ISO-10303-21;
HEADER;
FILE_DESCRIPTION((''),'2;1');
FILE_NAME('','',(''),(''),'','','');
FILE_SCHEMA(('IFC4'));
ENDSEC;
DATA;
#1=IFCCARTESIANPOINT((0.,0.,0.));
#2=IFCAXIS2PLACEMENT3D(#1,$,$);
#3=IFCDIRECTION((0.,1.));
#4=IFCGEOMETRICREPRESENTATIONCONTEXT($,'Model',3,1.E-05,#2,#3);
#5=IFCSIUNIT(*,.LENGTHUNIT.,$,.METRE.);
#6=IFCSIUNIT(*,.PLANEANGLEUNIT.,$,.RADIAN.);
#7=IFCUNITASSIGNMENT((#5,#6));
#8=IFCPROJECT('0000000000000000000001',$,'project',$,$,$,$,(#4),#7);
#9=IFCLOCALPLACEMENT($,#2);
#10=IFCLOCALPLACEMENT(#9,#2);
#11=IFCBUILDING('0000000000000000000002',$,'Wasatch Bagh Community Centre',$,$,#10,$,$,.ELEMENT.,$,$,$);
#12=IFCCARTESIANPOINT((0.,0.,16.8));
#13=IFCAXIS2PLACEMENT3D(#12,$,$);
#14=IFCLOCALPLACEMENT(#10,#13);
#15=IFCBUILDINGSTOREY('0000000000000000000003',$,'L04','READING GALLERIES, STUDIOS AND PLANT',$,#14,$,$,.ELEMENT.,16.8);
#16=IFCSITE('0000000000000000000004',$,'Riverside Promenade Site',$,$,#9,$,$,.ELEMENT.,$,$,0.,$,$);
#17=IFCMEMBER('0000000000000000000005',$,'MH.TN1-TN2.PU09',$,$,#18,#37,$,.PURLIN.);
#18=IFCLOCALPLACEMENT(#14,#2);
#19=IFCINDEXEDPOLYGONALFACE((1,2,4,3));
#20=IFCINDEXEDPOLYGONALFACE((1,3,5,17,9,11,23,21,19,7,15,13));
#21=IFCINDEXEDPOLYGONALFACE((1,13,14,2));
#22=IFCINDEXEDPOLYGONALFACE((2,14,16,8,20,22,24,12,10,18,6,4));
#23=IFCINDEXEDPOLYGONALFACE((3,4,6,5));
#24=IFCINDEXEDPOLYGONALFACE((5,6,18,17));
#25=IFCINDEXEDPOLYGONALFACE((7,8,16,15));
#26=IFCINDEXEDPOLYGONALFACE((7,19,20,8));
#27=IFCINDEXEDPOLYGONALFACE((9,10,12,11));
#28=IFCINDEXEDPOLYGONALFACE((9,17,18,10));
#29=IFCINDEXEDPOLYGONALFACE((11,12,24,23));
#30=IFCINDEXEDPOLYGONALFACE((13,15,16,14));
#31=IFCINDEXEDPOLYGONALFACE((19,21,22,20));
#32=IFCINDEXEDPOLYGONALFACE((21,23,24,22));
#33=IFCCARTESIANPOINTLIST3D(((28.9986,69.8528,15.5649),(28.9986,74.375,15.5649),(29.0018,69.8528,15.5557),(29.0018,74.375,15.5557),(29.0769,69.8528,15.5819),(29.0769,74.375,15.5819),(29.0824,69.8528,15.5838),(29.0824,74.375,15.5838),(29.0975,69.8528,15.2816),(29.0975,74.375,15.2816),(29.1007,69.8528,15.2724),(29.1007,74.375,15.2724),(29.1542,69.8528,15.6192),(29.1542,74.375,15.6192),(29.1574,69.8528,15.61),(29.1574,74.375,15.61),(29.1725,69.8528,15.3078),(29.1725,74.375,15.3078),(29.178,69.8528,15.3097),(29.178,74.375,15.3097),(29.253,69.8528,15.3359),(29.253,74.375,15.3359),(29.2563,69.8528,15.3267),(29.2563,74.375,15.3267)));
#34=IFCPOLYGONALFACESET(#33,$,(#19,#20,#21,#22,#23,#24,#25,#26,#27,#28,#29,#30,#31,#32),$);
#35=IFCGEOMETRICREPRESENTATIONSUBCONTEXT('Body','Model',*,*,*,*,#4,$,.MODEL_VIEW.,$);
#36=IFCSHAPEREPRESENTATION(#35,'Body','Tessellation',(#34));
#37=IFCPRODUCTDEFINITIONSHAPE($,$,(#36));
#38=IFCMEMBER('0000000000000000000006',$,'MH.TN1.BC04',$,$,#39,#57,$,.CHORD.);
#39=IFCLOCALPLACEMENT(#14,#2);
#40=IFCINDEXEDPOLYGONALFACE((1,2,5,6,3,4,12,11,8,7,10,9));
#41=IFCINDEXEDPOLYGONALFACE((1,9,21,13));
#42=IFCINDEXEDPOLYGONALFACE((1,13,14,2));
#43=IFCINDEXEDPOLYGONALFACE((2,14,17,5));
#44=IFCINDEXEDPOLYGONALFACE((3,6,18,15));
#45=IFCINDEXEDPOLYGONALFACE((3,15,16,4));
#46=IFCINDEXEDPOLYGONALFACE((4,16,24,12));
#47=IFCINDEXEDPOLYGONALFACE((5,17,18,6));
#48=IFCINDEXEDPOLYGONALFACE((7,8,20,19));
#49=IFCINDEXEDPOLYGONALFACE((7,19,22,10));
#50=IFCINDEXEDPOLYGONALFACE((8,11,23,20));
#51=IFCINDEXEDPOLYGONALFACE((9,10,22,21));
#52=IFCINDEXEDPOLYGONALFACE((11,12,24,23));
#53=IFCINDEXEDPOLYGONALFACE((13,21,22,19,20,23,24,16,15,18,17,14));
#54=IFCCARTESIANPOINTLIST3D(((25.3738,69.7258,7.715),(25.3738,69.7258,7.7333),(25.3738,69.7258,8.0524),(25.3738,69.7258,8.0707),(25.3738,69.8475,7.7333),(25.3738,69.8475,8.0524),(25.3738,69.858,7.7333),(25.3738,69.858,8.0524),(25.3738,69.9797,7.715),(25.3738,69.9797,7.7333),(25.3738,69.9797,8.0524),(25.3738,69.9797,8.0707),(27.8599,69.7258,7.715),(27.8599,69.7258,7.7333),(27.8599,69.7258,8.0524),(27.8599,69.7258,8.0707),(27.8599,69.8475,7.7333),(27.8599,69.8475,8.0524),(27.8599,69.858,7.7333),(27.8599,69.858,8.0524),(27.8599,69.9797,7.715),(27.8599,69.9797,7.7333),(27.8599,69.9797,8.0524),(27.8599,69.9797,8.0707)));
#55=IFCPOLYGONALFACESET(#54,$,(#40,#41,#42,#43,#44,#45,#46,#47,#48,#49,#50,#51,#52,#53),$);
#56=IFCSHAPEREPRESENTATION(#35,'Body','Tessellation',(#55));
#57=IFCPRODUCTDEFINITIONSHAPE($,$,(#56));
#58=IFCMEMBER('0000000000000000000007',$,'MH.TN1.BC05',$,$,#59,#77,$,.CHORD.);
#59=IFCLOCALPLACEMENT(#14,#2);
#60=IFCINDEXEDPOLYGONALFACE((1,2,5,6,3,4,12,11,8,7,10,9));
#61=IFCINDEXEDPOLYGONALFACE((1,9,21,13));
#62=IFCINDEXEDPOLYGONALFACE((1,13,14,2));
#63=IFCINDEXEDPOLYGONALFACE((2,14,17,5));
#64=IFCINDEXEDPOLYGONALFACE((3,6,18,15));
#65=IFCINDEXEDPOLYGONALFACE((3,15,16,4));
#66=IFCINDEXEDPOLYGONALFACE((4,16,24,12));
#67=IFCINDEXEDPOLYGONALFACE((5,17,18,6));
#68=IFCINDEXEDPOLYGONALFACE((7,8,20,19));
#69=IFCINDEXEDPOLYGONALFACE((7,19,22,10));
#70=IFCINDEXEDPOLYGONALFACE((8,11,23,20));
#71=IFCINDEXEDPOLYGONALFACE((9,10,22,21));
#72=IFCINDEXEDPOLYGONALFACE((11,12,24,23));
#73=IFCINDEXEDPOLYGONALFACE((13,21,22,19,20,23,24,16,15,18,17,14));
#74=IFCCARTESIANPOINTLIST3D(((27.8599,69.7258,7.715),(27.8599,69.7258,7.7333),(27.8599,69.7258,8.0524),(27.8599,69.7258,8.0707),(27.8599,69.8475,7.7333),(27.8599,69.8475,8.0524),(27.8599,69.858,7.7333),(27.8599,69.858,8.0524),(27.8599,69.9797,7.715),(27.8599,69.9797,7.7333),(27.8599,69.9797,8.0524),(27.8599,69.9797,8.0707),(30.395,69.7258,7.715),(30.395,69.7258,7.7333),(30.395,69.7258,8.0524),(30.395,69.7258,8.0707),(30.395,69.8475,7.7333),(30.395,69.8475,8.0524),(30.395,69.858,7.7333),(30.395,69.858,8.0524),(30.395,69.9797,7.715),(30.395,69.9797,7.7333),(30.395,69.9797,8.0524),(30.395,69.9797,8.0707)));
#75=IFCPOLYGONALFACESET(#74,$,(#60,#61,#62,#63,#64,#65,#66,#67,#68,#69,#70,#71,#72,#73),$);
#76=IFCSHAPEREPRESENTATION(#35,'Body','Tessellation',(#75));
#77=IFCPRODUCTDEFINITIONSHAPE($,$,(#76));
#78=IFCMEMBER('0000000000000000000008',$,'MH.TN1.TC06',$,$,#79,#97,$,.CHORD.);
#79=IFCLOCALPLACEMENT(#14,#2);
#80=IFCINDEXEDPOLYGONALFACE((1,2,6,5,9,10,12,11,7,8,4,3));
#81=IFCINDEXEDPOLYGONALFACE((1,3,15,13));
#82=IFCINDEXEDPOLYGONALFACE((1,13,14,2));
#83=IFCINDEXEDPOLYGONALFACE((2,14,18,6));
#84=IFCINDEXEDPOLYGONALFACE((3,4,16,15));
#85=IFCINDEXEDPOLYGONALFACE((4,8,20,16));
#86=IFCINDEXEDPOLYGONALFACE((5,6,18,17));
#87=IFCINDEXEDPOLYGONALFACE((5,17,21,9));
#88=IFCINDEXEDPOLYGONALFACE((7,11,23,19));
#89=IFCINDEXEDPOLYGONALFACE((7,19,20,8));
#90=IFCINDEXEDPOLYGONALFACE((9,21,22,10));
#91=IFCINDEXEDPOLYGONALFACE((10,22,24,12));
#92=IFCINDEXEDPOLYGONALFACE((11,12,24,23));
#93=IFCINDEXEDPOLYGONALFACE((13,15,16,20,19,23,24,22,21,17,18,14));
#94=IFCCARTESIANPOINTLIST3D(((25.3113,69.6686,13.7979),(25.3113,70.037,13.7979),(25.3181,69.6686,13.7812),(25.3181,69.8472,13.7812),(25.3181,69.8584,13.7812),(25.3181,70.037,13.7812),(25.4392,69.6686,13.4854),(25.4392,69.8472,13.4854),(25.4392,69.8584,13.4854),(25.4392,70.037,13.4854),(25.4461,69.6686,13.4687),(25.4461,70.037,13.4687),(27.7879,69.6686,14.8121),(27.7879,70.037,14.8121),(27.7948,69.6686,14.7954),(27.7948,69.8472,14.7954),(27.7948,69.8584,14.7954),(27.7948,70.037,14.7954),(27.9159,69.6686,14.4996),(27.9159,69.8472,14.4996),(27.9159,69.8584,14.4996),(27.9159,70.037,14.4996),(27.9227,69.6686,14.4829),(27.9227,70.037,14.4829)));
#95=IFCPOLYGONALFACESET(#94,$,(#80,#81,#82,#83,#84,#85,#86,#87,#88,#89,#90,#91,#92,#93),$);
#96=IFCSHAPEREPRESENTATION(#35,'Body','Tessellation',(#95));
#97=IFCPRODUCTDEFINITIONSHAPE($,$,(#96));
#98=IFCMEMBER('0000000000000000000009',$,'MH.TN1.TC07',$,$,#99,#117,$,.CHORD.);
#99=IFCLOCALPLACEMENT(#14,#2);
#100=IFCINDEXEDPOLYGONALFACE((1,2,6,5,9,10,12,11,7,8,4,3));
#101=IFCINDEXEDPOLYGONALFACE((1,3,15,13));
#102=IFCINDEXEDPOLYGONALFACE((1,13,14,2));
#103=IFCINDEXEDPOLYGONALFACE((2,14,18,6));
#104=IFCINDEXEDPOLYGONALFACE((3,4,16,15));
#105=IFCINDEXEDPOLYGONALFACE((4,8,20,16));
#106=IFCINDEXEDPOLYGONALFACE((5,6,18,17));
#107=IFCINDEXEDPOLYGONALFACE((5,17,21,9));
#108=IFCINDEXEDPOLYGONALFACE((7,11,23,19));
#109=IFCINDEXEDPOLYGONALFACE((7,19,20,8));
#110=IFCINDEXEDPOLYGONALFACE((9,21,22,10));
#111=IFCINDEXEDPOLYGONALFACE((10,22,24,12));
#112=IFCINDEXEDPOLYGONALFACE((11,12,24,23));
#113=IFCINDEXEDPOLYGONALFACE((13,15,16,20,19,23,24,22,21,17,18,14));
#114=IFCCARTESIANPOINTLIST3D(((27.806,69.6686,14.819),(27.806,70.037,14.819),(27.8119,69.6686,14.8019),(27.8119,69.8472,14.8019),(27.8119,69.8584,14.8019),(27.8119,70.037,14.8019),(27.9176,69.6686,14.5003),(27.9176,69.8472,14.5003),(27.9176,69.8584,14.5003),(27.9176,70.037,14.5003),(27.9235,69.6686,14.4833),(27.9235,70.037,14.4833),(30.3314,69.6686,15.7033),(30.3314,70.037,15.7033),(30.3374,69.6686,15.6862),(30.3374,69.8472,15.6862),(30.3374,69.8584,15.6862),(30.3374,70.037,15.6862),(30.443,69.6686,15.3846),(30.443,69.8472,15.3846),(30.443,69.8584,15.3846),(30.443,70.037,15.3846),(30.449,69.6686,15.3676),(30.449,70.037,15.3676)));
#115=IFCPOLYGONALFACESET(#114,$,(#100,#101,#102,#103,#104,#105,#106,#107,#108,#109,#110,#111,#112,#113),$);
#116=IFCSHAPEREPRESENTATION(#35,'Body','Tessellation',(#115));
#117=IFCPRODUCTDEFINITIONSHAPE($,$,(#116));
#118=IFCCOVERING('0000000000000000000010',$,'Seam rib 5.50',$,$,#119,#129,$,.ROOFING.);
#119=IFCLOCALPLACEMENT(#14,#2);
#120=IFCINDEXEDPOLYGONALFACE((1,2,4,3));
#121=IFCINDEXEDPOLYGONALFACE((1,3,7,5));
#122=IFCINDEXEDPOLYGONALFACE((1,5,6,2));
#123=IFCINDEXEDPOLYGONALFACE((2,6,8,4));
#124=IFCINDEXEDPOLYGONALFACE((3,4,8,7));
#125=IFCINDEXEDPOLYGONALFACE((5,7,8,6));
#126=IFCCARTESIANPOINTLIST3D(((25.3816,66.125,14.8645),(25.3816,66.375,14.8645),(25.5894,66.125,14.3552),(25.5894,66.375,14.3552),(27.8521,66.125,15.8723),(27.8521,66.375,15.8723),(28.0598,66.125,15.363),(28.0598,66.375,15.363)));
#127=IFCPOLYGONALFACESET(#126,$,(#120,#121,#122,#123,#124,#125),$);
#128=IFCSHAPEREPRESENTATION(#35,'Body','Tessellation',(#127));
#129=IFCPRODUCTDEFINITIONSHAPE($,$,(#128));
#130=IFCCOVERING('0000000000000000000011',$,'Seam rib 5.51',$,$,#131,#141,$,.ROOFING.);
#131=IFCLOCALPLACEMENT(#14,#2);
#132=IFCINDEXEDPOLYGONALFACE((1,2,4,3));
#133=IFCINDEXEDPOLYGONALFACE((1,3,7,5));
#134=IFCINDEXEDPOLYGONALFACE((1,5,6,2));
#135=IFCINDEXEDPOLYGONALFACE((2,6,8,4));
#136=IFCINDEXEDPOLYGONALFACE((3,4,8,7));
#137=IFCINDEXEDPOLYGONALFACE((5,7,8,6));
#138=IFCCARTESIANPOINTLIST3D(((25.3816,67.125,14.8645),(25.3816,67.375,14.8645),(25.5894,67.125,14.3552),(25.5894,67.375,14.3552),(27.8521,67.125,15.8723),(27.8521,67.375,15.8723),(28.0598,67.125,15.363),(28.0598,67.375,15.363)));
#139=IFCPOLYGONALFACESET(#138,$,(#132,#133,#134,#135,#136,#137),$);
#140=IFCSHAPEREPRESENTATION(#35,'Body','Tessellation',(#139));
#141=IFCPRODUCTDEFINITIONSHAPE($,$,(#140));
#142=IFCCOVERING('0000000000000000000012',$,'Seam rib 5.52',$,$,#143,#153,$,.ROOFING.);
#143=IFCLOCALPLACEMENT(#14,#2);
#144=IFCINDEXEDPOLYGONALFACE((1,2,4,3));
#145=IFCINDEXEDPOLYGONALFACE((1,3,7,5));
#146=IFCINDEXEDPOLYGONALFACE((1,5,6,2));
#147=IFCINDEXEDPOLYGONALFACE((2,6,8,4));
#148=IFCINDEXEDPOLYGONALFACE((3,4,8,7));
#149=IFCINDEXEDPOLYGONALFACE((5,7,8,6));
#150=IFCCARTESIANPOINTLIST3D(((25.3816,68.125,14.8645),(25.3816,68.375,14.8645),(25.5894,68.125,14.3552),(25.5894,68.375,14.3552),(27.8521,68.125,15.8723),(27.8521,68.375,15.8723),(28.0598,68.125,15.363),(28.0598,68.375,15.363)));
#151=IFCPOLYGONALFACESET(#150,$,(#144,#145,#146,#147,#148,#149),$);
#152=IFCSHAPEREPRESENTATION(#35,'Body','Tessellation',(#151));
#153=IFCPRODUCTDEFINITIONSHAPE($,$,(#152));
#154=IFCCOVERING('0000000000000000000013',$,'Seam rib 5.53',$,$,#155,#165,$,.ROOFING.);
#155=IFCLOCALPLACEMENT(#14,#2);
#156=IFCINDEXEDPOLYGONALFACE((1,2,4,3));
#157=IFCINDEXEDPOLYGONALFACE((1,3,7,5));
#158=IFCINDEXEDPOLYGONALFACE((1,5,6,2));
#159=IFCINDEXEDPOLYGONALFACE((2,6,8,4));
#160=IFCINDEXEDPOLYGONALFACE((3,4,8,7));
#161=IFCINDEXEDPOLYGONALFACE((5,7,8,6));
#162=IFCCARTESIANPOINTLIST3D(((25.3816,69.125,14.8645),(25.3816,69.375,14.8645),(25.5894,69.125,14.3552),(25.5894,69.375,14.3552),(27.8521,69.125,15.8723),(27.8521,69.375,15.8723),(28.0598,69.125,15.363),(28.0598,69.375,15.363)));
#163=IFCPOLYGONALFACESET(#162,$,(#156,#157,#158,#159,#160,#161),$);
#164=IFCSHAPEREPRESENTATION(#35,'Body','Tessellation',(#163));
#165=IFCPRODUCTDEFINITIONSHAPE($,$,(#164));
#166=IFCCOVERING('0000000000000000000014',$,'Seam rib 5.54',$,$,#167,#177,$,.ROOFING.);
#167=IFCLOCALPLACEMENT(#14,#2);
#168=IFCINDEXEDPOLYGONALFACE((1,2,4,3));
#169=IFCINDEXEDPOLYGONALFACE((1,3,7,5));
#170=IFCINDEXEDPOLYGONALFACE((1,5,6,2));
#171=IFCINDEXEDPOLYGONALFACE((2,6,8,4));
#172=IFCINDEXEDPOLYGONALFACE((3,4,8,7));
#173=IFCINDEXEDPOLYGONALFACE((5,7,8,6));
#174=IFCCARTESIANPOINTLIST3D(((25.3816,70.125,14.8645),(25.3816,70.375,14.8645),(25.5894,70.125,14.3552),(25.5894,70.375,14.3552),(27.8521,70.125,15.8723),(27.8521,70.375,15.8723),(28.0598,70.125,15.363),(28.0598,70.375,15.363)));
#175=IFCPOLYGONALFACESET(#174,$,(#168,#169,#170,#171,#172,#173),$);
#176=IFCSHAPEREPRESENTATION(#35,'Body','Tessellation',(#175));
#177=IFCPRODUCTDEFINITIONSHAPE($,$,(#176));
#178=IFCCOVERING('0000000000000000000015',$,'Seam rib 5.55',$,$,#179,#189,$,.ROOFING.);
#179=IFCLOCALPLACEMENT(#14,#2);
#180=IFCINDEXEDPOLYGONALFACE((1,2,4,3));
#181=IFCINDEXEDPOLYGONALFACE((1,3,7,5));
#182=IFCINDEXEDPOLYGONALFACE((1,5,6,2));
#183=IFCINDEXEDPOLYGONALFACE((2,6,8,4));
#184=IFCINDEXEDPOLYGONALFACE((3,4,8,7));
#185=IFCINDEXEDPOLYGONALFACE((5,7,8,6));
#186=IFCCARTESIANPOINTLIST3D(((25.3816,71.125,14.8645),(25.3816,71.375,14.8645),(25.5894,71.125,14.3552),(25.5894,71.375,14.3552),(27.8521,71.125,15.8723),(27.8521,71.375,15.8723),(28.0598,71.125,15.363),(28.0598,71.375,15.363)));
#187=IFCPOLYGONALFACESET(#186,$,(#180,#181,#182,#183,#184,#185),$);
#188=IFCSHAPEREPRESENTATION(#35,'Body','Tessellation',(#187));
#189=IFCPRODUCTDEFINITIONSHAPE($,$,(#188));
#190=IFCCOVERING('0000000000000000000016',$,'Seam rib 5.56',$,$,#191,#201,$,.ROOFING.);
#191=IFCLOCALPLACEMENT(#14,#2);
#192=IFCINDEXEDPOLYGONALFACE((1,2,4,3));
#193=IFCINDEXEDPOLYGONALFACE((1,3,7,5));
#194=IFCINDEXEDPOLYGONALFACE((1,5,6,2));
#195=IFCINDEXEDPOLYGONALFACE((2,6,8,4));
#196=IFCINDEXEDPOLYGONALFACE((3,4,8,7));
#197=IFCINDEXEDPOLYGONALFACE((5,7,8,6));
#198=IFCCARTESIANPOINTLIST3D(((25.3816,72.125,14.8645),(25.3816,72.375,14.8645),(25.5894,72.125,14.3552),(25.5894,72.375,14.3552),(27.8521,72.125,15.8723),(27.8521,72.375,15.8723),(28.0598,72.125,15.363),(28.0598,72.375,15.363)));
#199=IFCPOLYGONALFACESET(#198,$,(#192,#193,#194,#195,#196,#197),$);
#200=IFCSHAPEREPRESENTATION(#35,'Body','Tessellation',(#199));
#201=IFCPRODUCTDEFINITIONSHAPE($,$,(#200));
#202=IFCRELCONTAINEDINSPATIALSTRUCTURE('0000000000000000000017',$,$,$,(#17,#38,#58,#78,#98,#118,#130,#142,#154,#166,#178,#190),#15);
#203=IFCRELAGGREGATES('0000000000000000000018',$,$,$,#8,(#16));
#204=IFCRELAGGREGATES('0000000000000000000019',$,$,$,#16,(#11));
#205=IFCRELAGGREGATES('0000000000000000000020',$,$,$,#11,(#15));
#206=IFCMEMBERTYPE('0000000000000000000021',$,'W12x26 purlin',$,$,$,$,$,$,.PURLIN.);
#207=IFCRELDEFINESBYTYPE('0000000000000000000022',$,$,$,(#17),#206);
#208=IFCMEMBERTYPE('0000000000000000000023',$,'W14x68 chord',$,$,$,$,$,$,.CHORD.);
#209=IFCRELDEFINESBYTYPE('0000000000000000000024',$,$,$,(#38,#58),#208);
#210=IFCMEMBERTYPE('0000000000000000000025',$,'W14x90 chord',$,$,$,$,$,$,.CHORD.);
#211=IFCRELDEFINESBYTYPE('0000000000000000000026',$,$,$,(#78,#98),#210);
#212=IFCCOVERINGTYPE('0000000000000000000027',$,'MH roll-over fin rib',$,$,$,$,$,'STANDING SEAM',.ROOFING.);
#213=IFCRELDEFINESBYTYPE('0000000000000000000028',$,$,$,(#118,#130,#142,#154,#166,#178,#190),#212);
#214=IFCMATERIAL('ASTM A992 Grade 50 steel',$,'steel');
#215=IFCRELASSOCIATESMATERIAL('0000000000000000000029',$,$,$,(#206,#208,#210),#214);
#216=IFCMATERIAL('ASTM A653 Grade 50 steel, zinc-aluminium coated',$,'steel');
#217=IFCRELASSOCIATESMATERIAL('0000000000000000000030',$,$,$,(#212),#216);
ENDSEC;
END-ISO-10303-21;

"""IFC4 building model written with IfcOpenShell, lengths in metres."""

from ifc_helpers import new_model, si_unit, direction, frame, origin, origin_2d, place, context, subcontext, project, spatial, polyline, i_section, outline, extrude, material, material_profile, profile_set, type_object, element, save


model = new_model("IFC4")

# Units and contexts
model_context = context("Model", 3, precision=1e-05, world=origin(), true_north=direction((0.0, 1.0)))
body_context = subcontext(model_context, "Body", "Model", "MODEL_VIEW")
ifc_project = project(units=[si_unit("LENGTHUNIT", "METRE"), si_unit("PLANEANGLEUNIT", "RADIAN")], contexts=[model_context])

# Site, building, storey
site_placement = place(None, origin())
site = spatial("IfcSite", under=ifc_project, at=site_placement, Name="Riverside Promenade Site", CompositionType="ELEMENT", RefElevation=0.0)
building_placement = place(site_placement, origin())
building = spatial("IfcBuilding", under=site, at=building_placement, Name="Wasatch Bagh Community Centre", CompositionType="ELEMENT")
storey_placement = place(building_placement, frame((0.0, 0.0, 16.8)))
storey = spatial("IfcBuildingStorey", under=building, at=storey_placement, Name="L04", Description="READING GALLERIES, STUDIOS AND PLANT", CompositionType="ELEMENT", Elevation=16.8)

# Members
ifc_material_1 = material(Name="ASTM A992 Grade 50 steel", Category="steel")
ifc_material_profile_1 = material_profile(ifc_material_1, i_section(OverallWidth=0.1648, OverallDepth=0.3098, WebThickness=0.0059, FlangeThickness=0.0098, at=origin_2d()), Name="W12x26")
ifc_profile_set_1 = profile_set([ifc_material_profile_1], Name="ASTM A992 Grade 50 steel")
member_type_1 = type_object("IfcMemberType", Name="W12x26 purlin", PredefinedType="PURLIN", material=ifc_profile_set_1)
for number, where, z_axis, x_axis, name in (
    (1, (29.1274, 69.8528, 15.4458), (0.0, 1.0, 0.0), (-0.944194, 0.0, -0.329389), "MH.TN1-TN2.PU09"),
):
    element("IfcMember", number, at=place(storey_placement, frame(where, z_axis=z_axis, x_axis=x_axis)), inside=storey, type_object=member_type_1, Name=name, PredefinedType="PURLIN", context=body_context, shape_type="SweptSolid", body=[
        extrude(i_section(OverallWidth=0.1648, OverallDepth=0.3098, WebThickness=0.0059, FlangeThickness=0.0098, at=origin_2d()), origin(), (0.0, 0.0, 1.0), 4.5222),
    ])
ifc_material_profile_2 = material_profile(ifc_material_1, i_section(OverallWidth=0.2539, OverallDepth=0.3557, WebThickness=0.0105, FlangeThickness=0.0183, at=origin_2d()), Name="W14x68")
ifc_profile_set_2 = profile_set([ifc_material_profile_2], Name="ASTM A992 Grade 50 steel")
member_type_2 = type_object("IfcMemberType", Name="W14x68 chord", PredefinedType="CHORD", material=ifc_profile_set_2)
member_1_placement = place(storey_placement, frame((25.3738, 69.8528, 7.8928), z_axis=(1.0, 0.0, 0.0), x_axis=(0.0, 1.0, 0.0)))
element("IfcMember", 2, at=member_1_placement, inside=storey, type_object=member_type_2, Name="MH.TN1.BC04", PredefinedType="CHORD", context=body_context, shape_type="SweptSolid", body=[
    extrude(i_section(OverallWidth=0.2539, OverallDepth=0.3557, WebThickness=0.0105, FlangeThickness=0.0183, at=origin_2d()), origin(), (0.0, 0.0, 1.0), 2.4861),
])
member_2_placement = place(storey_placement, frame((27.8599, 69.8528, 7.8928), z_axis=(1.0, 0.0, 0.0), x_axis=(0.0, 1.0, 0.0)))
element("IfcMember", 3, at=member_2_placement, inside=storey, type_object=member_type_2, Name="MH.TN1.BC05", PredefinedType="CHORD", context=body_context, shape_type="SweptSolid", body=[
    extrude(i_section(OverallWidth=0.2539, OverallDepth=0.3557, WebThickness=0.0105, FlangeThickness=0.0183, at=origin_2d()), origin(), (0.0, 0.0, 1.0), 2.5352),
])
ifc_material_profile_3 = material_profile(ifc_material_1, i_section(OverallWidth=0.3684, OverallDepth=0.3557, WebThickness=0.0112, FlangeThickness=0.0181, at=origin_2d()), Name="W14x90")
ifc_profile_set_3 = profile_set([ifc_material_profile_3], Name="ASTM A992 Grade 50 steel")
member_type_3 = type_object("IfcMemberType", Name="W14x90 chord", PredefinedType="CHORD", material=ifc_profile_set_3)
member_3_placement = place(storey_placement, frame((25.3787, 69.8528, 13.6333), z_axis=(0.925413, 0.0, 0.37896), x_axis=(0.0, 1.0, 0.0)))
element("IfcMember", 4, at=member_3_placement, inside=storey, type_object=member_type_3, Name="MH.TN1.TC06", PredefinedType="CHORD", context=body_context, shape_type="SweptSolid", body=[
    extrude(i_section(OverallWidth=0.3684, OverallDepth=0.3557, WebThickness=0.0112, FlangeThickness=0.0181, at=origin_2d()), origin(), (0.0, 0.0, 1.0), 2.6763),
])
member_4_placement = place(storey_placement, frame((27.8647, 69.8528, 14.6511), z_axis=(0.943813, 0.0, 0.33048), x_axis=(0.0, 1.0, 0.0)))
element("IfcMember", 5, at=member_4_placement, inside=storey, type_object=member_type_3, Name="MH.TN1.TC07", PredefinedType="CHORD", context=body_context, shape_type="SweptSolid", body=[
    extrude(i_section(OverallWidth=0.3684, OverallDepth=0.3557, WebThickness=0.0112, FlangeThickness=0.0181, at=origin_2d()), origin(), (0.0, 0.0, 1.0), 2.6758),
])

# Coverings
ifc_material_2 = material(Name="ASTM A653 Grade 50 steel, zinc-aluminium coated", Category="steel")
covering_type = type_object("IfcCoveringType", Name="MH roll-over fin rib", ElementType="STANDING SEAM", PredefinedType="ROOFING", material=ifc_material_2)
for number, where, z_axis, x_axis, name in (
    (6, (25.3816, 66.125, 14.8645), (-0.377724, 0.0, 0.925918), (0.925918, 0.0, 0.377724), "Seam rib 5.50"),
    (7, (25.3816, 67.125, 14.8645), (-0.377724, 0.0, 0.925918), (0.925918, 0.0, 0.377724), "Seam rib 5.51"),
    (8, (25.3816, 68.125, 14.8645), (-0.377724, 0.0, 0.925918), (0.925918, 0.0, 0.377724), "Seam rib 5.52"),
    (9, (25.3816, 69.125, 14.8645), (-0.377724, 0.0, 0.925918), (0.925918, 0.0, 0.377724), "Seam rib 5.53"),
    (10, (25.3816, 70.125, 14.8645), (-0.377724, 0.0, 0.925918), (0.925918, 0.0, 0.377724), "Seam rib 5.54"),
    (11, (25.3816, 71.125, 14.8645), (-0.377724, 0.0, 0.925918), (0.925918, 0.0, 0.377724), "Seam rib 5.55"),
    (12, (25.3816, 72.125, 14.8645), (-0.377724, 0.0, 0.925918), (0.925918, 0.0, 0.377724), "Seam rib 5.56"),
):
    element("IfcCovering", number, at=place(storey_placement, frame(where, z_axis=z_axis, x_axis=x_axis)), inside=storey, type_object=covering_type, Name=name, PredefinedType="ROOFING", context=body_context, shape_type="SweptSolid", body=[
        extrude(outline(polyline([(0.0, 0.0), (2.6681, 0.0), (2.6681, 0.25), (0.0, 0.25), (0.0, 0.0)])), origin(), (0.0, 0.0, -1.0), 0.55),
    ])

save(model, "model.ifc")
